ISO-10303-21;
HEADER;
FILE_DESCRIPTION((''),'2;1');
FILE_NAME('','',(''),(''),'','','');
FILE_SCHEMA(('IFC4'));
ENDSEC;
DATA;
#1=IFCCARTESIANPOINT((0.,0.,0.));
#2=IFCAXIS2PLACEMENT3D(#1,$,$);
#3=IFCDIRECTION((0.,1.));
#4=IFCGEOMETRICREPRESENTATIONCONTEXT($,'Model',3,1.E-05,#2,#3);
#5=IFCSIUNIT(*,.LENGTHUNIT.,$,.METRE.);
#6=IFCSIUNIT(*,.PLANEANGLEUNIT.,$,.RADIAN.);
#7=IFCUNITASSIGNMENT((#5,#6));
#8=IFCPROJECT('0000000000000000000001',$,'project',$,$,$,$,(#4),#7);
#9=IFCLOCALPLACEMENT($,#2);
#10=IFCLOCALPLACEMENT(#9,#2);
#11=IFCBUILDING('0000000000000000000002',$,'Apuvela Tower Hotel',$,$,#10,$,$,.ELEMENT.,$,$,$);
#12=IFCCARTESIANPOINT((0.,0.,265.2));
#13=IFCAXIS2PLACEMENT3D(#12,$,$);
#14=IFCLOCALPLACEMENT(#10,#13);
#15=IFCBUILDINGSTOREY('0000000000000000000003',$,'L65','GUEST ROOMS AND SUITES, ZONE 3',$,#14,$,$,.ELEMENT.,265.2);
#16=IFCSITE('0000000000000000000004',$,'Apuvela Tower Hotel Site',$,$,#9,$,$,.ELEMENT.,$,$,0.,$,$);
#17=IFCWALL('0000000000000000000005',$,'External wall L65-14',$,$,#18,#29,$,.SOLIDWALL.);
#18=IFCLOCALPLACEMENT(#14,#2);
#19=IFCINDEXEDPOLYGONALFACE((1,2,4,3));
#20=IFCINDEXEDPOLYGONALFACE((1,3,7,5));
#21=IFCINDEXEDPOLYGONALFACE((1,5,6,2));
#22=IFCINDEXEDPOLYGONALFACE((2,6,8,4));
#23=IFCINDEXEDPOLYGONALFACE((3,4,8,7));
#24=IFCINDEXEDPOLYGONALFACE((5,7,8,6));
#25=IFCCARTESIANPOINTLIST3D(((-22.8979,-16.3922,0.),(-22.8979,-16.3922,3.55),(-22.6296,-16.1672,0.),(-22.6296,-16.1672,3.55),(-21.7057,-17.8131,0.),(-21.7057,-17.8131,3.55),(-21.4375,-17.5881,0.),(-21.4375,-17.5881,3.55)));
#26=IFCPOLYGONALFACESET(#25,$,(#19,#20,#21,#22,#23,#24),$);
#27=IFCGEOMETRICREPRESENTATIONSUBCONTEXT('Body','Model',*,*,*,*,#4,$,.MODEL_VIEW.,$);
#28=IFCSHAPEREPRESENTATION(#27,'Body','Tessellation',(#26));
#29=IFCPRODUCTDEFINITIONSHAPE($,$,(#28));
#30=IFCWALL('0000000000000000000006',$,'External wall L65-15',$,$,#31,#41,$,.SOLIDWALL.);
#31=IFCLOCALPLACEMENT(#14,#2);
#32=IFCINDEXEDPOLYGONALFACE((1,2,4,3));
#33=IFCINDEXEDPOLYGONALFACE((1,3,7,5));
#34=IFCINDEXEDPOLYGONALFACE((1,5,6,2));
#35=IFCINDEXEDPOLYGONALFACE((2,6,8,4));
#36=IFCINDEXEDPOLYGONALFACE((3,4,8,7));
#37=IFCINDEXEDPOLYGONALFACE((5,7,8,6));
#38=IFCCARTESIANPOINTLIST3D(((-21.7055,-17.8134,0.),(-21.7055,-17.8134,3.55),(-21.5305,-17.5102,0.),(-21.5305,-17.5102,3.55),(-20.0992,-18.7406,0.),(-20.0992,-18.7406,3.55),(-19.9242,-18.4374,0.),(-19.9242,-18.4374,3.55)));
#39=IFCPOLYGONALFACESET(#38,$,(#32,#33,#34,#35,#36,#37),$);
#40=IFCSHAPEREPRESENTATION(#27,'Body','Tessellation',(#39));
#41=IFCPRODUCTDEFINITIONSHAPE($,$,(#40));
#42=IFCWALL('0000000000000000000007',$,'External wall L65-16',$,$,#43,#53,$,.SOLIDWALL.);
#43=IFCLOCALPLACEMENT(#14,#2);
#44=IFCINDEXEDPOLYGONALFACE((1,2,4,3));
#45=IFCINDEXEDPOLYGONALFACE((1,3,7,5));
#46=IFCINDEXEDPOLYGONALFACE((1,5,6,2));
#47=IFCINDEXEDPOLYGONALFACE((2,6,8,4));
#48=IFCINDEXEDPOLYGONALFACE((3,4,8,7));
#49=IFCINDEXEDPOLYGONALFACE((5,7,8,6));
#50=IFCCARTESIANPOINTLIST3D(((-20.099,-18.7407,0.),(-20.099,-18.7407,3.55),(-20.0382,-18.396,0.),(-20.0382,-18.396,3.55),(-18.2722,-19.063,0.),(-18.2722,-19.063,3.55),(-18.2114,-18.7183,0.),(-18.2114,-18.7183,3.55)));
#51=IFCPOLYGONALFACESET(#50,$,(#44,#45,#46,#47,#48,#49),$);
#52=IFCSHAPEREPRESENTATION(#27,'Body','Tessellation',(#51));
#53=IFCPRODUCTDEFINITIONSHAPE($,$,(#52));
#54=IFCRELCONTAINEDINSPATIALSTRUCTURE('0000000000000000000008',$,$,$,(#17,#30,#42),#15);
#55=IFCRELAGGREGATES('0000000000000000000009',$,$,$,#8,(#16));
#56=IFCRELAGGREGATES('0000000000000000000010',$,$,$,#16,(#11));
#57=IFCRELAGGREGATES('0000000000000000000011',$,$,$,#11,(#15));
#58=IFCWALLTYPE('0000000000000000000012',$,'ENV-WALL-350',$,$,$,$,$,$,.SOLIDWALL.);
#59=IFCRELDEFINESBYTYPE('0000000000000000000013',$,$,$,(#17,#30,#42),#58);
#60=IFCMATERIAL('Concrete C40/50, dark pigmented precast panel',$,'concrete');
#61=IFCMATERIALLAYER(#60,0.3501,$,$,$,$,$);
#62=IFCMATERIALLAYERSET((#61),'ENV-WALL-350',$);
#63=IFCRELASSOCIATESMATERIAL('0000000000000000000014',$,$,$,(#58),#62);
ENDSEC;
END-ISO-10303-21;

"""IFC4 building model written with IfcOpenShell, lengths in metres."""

from ifc_helpers import new_model, si_unit, direction, frame, frame_2d, origin, place, context, subcontext, project, spatial, rectangle, extrude, material, layer, layer_set, type_object, element, save


model = new_model("IFC4")

# Units and contexts
model_context = context("Model", 3, precision=1e-05, world=origin(), true_north=direction((0.0, 1.0)))
body_context = subcontext(model_context, "Body", "Model", "MODEL_VIEW")
ifc_project = project(units=[si_unit("LENGTHUNIT", "METRE"), si_unit("PLANEANGLEUNIT", "RADIAN")], contexts=[model_context])

# Site, building, storey
site_placement = place(None, origin())
site = spatial("IfcSite", under=ifc_project, at=site_placement, Name="Apuvela Tower Hotel Site", CompositionType="ELEMENT", RefElevation=0.0)
building_placement = place(site_placement, origin())
building = spatial("IfcBuilding", under=site, at=building_placement, Name="Apuvela Tower Hotel", CompositionType="ELEMENT")
storey_placement = place(building_placement, frame((0.0, 0.0, 265.2)))
storey = spatial("IfcBuildingStorey", under=building, at=storey_placement, Name="L65", Description="GUEST ROOMS AND SUITES, ZONE 3", CompositionType="ELEMENT", Elevation=265.2)

# Walls
ifc_material_1 = material(Name="Concrete C40/50, dark pigmented precast panel", Category="concrete")
ifc_layer_1 = layer(ifc_material_1, 0.3501)
ifc_layer_set_1 = layer_set([ifc_layer_1], Name="ENV-WALL-350")
wall_type_1 = type_object("IfcWallType", Name="ENV-WALL-350", PredefinedType="SOLIDWALL", material=ifc_layer_set_1)
for number, where, z_axis, x_axis, name in (
    (1, (-22.7637, -16.2798, 0.0), (0.0, 0.0, 1.0), (0.642744, -0.766081, 0.0), "External wall L65-14"),
    (2, (-21.6179, -17.6619, 0.0), (0.0, 0.0, 1.0), (0.86608, -0.499905, 0.0), "External wall L65-15"),
):
    element("IfcWall", number, at=place(storey_placement, frame(where, z_axis=z_axis, x_axis=x_axis)), inside=storey, type_object=wall_type_1, Name=name, PredefinedType="SOLIDWALL", context=body_context, shape_type="SweptSolid", body=[
        extrude(rectangle(XDim=1.8547, YDim=0.3501, at=frame_2d((0.9272, 0.0))), origin(), (0.0, 0.0, 1.0), 3.55),
    ])
wall_1_placement = place(storey_placement, frame((-20.0686, -18.5684, 0.0), z_axis=(0.0, 0.0, 1.0), x_axis=(0.984792, -0.17374, 0.0)))
element("IfcWall", 3, at=wall_1_placement, inside=storey, type_object=wall_type_1, Name="External wall L65-16", PredefinedType="SOLIDWALL", context=body_context, shape_type="SweptSolid", body=[
    extrude(rectangle(XDim=1.855, YDim=0.3501, at=frame_2d((0.9275, 0.0))), origin(), (0.0, 0.0, 1.0), 3.55),
])

save(model, "model.ifc")
